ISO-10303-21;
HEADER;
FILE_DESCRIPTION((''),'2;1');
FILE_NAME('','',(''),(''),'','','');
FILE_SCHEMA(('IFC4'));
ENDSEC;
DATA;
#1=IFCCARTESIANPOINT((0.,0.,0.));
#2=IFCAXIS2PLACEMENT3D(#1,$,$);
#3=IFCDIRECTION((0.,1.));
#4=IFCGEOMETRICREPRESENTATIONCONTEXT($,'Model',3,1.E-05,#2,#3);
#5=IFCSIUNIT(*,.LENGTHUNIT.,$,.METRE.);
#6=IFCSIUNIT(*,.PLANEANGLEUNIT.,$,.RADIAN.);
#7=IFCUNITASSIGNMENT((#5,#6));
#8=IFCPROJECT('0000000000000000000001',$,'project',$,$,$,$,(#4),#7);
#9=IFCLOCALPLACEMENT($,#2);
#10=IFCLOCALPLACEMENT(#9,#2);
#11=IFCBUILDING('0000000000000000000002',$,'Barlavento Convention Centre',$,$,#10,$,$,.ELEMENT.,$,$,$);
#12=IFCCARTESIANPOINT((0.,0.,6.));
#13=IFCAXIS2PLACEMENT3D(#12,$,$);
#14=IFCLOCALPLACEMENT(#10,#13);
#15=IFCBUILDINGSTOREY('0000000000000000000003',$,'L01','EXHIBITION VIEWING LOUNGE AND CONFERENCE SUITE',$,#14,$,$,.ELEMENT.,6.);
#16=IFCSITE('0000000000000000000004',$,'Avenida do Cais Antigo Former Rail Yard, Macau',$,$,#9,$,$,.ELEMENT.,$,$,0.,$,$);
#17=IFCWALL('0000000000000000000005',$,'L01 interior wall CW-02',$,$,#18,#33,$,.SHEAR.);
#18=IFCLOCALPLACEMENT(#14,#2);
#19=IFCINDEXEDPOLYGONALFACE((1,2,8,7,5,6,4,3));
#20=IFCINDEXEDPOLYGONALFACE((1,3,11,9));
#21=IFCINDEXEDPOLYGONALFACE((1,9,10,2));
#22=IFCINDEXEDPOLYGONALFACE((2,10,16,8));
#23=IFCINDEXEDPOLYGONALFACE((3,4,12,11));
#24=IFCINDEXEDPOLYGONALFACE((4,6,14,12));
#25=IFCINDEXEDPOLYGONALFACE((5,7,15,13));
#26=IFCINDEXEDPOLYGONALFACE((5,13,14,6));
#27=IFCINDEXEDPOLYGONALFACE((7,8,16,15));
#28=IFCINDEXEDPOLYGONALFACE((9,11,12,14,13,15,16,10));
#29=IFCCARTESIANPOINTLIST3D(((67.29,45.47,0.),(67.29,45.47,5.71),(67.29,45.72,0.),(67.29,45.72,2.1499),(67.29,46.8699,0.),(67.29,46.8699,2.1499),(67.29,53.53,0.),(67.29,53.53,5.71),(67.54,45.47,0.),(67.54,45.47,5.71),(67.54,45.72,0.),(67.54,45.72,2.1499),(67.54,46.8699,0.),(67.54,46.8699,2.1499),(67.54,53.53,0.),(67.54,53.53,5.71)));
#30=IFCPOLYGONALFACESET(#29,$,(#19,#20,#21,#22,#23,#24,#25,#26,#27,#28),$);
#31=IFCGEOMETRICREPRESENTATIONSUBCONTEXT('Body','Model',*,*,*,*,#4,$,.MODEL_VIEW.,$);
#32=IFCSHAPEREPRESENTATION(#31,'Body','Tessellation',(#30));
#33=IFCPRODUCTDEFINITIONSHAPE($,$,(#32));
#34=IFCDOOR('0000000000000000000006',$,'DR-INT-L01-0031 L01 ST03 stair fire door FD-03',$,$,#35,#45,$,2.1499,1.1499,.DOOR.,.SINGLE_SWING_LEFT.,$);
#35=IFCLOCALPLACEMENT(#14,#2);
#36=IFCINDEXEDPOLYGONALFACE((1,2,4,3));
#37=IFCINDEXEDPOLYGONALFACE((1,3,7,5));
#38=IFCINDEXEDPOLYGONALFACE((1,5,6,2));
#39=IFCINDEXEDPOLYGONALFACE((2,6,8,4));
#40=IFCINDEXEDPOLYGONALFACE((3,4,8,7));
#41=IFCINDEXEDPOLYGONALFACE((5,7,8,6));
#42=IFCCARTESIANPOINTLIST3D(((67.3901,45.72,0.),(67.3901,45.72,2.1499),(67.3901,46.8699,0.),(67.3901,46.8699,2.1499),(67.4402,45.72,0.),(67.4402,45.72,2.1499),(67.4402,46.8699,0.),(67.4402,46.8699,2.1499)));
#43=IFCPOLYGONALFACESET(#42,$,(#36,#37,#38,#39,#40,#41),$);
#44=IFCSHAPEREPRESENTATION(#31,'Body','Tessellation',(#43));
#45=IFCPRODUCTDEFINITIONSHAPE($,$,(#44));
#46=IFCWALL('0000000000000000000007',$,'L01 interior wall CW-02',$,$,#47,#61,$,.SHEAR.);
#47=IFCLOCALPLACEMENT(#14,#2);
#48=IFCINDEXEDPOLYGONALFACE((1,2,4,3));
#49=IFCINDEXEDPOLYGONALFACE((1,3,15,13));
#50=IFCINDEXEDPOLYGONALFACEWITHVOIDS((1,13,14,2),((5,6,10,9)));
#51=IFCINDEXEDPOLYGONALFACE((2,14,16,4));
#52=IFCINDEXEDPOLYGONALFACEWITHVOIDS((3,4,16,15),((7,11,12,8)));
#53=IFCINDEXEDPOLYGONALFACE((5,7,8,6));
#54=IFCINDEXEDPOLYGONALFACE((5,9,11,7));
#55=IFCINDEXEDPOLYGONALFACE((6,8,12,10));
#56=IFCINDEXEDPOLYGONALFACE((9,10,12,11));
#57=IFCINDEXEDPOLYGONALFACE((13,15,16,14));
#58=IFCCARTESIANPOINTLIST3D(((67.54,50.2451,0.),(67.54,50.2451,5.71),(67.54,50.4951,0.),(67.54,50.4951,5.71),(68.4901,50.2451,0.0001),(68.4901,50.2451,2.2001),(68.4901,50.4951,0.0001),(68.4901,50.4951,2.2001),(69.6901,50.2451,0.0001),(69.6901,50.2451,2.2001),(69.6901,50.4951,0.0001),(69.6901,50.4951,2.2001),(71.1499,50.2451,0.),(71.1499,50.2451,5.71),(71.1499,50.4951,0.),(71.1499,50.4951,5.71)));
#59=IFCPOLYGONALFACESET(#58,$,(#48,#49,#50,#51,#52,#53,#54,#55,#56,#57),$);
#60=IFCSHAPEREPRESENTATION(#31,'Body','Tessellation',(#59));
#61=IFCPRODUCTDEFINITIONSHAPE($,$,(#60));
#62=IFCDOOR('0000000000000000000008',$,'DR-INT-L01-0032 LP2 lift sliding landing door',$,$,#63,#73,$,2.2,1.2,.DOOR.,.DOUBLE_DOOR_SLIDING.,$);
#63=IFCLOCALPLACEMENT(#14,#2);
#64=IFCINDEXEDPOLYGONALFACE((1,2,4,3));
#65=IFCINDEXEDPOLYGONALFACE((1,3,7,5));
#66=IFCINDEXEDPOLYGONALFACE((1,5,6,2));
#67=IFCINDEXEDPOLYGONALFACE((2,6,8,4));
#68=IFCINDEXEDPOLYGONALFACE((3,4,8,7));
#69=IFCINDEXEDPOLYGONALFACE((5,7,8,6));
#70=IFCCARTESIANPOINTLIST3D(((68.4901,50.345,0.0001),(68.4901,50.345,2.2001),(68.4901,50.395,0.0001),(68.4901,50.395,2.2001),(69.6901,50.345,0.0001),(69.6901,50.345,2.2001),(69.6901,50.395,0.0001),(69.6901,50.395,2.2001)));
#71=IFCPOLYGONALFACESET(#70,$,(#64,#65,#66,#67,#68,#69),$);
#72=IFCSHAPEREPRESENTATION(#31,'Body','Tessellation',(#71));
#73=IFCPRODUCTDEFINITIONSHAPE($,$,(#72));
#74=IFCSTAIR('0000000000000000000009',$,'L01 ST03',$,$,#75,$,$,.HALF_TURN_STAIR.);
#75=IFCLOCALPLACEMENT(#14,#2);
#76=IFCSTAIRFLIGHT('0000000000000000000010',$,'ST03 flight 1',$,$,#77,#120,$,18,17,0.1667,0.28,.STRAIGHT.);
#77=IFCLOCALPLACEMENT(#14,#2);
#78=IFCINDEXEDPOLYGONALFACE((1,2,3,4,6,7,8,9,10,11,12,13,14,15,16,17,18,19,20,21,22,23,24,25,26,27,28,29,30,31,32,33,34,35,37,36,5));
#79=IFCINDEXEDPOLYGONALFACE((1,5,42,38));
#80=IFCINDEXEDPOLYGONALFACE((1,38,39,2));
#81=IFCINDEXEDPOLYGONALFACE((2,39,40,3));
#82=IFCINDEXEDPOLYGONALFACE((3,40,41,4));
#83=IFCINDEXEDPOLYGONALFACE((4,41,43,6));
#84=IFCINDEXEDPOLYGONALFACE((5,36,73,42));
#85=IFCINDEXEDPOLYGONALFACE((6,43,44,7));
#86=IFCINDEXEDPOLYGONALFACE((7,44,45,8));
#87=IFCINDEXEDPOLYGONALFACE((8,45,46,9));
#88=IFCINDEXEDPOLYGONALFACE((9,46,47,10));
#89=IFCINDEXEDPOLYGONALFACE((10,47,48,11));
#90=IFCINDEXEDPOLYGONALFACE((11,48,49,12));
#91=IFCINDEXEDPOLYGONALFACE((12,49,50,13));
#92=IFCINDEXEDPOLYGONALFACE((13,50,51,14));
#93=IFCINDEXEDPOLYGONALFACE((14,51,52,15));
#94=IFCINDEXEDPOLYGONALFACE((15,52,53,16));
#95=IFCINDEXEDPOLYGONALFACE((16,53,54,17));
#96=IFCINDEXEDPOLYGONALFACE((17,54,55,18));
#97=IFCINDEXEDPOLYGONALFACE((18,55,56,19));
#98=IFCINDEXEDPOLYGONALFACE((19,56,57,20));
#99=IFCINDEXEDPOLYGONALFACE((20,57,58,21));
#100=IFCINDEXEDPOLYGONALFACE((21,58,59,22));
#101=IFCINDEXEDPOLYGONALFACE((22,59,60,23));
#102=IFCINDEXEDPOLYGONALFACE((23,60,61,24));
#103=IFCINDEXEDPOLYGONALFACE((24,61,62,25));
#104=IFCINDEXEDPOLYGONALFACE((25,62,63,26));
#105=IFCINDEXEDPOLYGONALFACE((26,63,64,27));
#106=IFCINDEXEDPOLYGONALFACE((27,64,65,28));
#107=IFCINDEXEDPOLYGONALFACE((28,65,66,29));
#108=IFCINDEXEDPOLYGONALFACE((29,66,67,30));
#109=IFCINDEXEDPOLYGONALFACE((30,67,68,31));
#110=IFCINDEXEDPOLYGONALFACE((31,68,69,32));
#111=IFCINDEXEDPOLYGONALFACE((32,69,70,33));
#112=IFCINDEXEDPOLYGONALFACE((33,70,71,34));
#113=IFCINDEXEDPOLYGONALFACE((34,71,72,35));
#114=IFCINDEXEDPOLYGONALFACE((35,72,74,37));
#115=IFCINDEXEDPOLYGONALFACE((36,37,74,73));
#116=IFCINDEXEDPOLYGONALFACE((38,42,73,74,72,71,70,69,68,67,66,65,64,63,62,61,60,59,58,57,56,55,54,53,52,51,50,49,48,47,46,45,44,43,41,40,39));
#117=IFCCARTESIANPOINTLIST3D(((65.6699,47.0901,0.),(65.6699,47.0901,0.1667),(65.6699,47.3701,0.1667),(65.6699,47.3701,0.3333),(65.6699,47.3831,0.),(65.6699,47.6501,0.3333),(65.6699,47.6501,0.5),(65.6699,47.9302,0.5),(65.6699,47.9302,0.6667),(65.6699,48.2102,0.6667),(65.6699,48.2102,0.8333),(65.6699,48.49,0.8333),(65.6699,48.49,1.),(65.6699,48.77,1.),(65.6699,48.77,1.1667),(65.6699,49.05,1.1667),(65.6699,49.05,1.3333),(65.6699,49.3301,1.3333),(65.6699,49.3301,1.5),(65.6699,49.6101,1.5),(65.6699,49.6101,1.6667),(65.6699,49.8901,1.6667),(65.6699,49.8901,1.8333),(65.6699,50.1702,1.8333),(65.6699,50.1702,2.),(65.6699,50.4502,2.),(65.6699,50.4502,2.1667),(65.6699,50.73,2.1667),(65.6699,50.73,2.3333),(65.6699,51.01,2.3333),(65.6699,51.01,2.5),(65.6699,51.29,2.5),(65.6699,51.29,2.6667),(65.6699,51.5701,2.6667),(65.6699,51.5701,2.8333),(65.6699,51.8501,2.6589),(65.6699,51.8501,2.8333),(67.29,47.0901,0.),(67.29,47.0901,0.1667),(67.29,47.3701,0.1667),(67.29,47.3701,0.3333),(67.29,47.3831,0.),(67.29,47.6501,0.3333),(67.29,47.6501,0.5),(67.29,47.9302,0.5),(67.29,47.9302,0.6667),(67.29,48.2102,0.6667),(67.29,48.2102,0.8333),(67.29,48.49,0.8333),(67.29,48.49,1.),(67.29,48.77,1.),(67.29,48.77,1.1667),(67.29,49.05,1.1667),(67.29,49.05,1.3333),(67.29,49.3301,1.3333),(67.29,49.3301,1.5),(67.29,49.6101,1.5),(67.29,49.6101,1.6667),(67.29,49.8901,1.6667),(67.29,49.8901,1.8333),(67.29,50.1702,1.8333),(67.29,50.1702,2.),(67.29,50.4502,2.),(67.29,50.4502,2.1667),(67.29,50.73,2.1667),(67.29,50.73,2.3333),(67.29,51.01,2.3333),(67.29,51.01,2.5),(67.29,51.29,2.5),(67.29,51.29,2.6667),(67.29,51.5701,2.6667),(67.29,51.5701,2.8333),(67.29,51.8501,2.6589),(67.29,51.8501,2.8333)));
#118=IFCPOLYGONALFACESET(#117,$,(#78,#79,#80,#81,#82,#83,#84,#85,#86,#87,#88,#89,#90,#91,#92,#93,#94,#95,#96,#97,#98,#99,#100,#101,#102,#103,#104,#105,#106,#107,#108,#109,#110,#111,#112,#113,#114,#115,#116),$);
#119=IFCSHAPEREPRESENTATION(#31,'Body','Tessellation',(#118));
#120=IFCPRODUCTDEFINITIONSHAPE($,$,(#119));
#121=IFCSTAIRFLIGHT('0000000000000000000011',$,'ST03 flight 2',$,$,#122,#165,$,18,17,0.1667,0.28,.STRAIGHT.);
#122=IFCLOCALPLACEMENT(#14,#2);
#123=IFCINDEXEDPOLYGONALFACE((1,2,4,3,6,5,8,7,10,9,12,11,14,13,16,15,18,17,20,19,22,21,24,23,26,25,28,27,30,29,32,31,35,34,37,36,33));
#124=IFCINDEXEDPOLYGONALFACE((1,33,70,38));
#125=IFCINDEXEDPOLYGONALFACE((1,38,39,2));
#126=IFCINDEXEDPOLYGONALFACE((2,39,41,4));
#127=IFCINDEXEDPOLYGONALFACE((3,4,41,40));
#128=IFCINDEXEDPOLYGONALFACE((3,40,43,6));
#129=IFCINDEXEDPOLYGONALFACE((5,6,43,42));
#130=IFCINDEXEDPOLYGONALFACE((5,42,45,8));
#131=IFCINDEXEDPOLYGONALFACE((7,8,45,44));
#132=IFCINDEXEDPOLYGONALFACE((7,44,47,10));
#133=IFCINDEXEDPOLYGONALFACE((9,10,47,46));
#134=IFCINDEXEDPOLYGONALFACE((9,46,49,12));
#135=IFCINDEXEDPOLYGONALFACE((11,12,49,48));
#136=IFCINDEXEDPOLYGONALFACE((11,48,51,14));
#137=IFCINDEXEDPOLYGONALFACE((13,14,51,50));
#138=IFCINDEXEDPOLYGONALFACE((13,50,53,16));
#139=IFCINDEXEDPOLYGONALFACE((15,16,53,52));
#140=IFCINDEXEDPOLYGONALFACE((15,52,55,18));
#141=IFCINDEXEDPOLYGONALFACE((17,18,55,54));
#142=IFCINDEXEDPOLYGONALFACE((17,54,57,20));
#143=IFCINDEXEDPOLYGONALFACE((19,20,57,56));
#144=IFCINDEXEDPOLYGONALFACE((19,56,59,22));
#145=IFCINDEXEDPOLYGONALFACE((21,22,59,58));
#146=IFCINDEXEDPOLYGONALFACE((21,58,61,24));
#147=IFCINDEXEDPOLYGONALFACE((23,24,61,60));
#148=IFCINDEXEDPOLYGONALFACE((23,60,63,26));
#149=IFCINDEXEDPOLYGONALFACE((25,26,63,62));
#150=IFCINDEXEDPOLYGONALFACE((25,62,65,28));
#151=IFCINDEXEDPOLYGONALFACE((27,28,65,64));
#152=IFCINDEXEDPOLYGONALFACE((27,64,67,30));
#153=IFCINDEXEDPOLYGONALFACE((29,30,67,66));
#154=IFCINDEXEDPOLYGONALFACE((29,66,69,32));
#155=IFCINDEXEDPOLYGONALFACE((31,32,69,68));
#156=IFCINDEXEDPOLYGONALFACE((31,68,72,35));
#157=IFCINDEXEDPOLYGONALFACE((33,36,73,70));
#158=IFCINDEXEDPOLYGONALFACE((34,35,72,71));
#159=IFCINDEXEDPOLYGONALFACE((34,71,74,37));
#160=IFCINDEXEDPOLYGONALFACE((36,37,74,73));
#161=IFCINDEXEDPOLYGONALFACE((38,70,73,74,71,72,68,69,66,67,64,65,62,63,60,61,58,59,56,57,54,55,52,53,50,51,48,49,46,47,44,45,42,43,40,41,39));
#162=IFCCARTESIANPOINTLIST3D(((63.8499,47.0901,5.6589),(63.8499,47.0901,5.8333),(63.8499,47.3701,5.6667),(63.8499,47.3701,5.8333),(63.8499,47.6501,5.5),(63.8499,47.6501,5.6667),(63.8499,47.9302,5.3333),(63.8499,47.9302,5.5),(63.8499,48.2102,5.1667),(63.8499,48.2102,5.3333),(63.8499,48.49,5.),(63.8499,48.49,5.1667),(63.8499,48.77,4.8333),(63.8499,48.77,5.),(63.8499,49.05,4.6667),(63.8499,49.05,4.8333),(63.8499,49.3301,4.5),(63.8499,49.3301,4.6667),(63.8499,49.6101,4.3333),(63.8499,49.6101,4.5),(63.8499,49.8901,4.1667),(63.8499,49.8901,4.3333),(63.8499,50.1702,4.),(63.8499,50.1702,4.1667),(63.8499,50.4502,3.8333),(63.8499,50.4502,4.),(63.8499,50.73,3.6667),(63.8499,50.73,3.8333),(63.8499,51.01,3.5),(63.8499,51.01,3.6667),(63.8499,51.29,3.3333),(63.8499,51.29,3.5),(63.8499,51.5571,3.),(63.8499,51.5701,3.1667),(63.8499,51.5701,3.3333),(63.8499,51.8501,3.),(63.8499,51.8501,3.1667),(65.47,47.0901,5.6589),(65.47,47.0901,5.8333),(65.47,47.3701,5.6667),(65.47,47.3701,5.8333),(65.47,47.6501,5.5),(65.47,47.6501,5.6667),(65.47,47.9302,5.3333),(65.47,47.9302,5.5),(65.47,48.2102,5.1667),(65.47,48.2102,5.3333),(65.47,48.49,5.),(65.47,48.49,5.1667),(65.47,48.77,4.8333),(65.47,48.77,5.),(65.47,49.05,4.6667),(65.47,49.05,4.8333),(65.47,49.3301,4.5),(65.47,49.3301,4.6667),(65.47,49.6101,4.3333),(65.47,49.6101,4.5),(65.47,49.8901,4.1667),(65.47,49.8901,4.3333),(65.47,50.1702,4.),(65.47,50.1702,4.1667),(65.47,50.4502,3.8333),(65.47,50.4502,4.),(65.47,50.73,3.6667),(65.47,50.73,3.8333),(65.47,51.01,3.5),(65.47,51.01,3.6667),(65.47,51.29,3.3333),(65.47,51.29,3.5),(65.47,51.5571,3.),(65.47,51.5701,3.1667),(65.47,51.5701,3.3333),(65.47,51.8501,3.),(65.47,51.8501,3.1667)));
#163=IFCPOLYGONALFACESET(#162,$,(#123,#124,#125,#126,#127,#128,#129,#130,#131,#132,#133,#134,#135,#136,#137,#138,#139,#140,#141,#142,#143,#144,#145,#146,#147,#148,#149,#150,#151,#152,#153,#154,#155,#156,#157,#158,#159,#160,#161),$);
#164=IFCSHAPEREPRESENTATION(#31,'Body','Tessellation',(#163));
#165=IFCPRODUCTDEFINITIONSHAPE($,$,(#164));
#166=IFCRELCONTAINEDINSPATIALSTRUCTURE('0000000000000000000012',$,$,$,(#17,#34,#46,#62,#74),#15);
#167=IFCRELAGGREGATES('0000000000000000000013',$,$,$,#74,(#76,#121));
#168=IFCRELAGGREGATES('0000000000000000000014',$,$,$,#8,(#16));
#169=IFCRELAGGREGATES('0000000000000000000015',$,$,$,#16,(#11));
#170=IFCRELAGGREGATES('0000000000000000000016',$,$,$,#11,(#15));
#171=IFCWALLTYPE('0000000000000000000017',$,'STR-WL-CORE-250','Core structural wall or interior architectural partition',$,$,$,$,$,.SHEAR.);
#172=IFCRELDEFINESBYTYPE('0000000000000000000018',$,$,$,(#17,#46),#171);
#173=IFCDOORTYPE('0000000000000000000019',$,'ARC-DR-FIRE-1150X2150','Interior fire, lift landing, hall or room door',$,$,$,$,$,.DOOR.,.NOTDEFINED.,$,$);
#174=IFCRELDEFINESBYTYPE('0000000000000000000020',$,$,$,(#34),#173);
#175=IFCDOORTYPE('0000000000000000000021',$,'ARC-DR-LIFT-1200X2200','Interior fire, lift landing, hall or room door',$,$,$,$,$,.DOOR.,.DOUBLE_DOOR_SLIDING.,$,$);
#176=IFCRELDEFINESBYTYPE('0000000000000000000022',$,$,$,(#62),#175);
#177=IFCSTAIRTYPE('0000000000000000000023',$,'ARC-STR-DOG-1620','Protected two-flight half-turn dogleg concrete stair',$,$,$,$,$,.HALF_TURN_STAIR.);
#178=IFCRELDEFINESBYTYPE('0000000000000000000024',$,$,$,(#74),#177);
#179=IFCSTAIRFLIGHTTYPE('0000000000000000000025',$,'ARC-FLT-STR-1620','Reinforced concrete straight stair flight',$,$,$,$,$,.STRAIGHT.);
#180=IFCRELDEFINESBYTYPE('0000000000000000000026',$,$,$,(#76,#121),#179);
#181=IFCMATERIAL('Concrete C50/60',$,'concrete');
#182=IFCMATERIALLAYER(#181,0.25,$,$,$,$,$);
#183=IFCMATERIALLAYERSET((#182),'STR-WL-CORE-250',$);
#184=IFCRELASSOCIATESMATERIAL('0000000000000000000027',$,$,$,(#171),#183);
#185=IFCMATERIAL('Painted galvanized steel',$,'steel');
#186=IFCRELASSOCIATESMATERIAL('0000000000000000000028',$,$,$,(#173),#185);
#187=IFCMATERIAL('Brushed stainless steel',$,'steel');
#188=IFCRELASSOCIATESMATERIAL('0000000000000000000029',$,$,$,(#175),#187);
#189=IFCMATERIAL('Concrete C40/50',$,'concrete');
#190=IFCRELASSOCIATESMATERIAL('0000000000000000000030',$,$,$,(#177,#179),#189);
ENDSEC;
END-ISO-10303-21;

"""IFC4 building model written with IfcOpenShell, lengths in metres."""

from ifc_helpers import new_model, si_unit, direction, frame, frame_2d, origin, place, context, subcontext, project, spatial, polyline, rectangle, outline, extrude, material, layer, layer_set, type_object, element, fill, aggregate, save


model = new_model("IFC4")

# Units and contexts
model_context = context("Model", 3, precision=1e-05, world=origin(), true_north=direction((0.0, 1.0)))
body_context = subcontext(model_context, "Body", "Model", "MODEL_VIEW")
ifc_project = project(units=[si_unit("LENGTHUNIT", "METRE"), si_unit("PLANEANGLEUNIT", "RADIAN")], contexts=[model_context])

# Site, building, storey
site_placement = place(None, origin())
site = spatial("IfcSite", under=ifc_project, at=site_placement, Name="Avenida do Cais Antigo Former Rail Yard, Macau", CompositionType="ELEMENT", RefElevation=0.0)
building_placement = place(site_placement, origin())
building = spatial("IfcBuilding", under=site, at=building_placement, Name="Barlavento Convention Centre", CompositionType="ELEMENT")
storey_placement = place(building_placement, frame((0.0, 0.0, 6.0)))
storey = spatial("IfcBuildingStorey", under=building, at=storey_placement, Name="L01", Description="EXHIBITION VIEWING LOUNGE AND CONFERENCE SUITE", CompositionType="ELEMENT", Elevation=6.0)

# Shared definitions
ifc_material_1 = material(Name="Concrete C50/60", Category="concrete")
ifc_layer = layer(ifc_material_1, 0.25)
ifc_layer_set = layer_set([ifc_layer], Name="STR-WL-CORE-250")
wall_type = type_object("IfcWallType", Name="STR-WL-CORE-250", Description="Core structural wall or interior architectural partition", PredefinedType="SHEAR", material=ifc_layer_set)

# Shared definitions
ifc_material_2 = material(Name="Painted galvanized steel", Category="steel")

# Walls, openings, doors
wall_1_placement = place(storey_placement, frame((67.415, 45.47, 0.0), z_axis=(0.0, 0.0, 1.0), x_axis=(0.0, 1.0, 0.0)))
wall_1 = element("IfcWall", 1, at=wall_1_placement, inside=storey, type_object=wall_type, Name="L01 interior wall CW-02", PredefinedType="SHEAR", context=body_context, shape_type="SweptSolid", body=[
    extrude(rectangle(XDim=8.0601, YDim=0.25, at=frame_2d((4.03, 0.0))), origin(), (0.0, 0.0, 1.0), 5.71),
])
opening_1_placement = place(wall_1_placement, frame((0.25, 0.0, 0.0)))
opening_1 = element("IfcOpeningElement", 2, at=opening_1_placement, cuts=wall_1, PredefinedType="OPENING", context=body_context, shape_type="SweptSolid", body=[
    extrude(rectangle(XDim=1.1499, YDim=2.1499, at=frame_2d((0.575, 1.075))), frame((0.0, 0.135, 0.0), z_axis=(0.0, -1.0, 0.0), x_axis=(1.0, 0.0, 0.0)), (0.0, 0.0, 1.0), 0.27),
])
door_type_1 = type_object("IfcDoorType", Name="ARC-DR-FIRE-1150X2150", Description="Interior fire, lift landing, hall or room door", OperationType="NOTDEFINED", PredefinedType="DOOR", material=ifc_material_2)
door_1_placement = place(opening_1_placement, origin())
door_1 = element("IfcDoor", 3, at=door_1_placement, inside=storey, type_object=door_type_1, Name="DR-INT-L01-0031 L01 ST03 stair fire door FD-03", OperationType="SINGLE_SWING_LEFT", OverallHeight=2.1499, OverallWidth=1.1499, PredefinedType="DOOR", context=body_context, shape_type="SweptSolid", body=[
    extrude(rectangle(XDim=1.1499, YDim=2.1499, at=frame_2d((0.575, 1.075))), frame((0.0, 0.0249, 0.0), z_axis=(0.0, -1.0, 0.0), x_axis=(1.0, 0.0, 0.0)), (0.0, 0.0, 1.0), 0.05),
])
fill(opening_1, door_1)
wall_2_placement = place(storey_placement, frame((67.54, 50.3701, 0.0), z_axis=(0.0, 0.0, 1.0), x_axis=(1.0, 0.0, 0.0)))
wall_2 = element("IfcWall", 4, at=wall_2_placement, inside=storey, type_object=wall_type, Name="L01 interior wall CW-02", PredefinedType="SHEAR", context=body_context, shape_type="SweptSolid", body=[
    extrude(rectangle(XDim=3.6099, YDim=0.25, at=frame_2d((1.8049, 0.0))), origin(), (0.0, 0.0, 1.0), 5.71),
])
opening_2_placement = place(wall_2_placement, frame((0.95, 0.0, 0.0)))
opening_2 = element("IfcOpeningElement", 5, at=opening_2_placement, cuts=wall_2, PredefinedType="OPENING", context=body_context, shape_type="SweptSolid", body=[
    extrude(rectangle(XDim=1.2, YDim=2.2, at=frame_2d((0.6001, 1.1001))), frame((0.0, 0.135, 0.0), z_axis=(0.0, -1.0, 0.0), x_axis=(1.0, 0.0, 0.0)), (0.0, 0.0, 1.0), 0.27),
])
ifc_material_3 = material(Name="Brushed stainless steel", Category="steel")
door_type_2 = type_object("IfcDoorType", Name="ARC-DR-LIFT-1200X2200", Description="Interior fire, lift landing, hall or room door", OperationType="DOUBLE_DOOR_SLIDING", PredefinedType="DOOR", material=ifc_material_3)
door_2_placement = place(opening_2_placement, origin())
door_2 = element("IfcDoor", 6, at=door_2_placement, inside=storey, type_object=door_type_2, Name="DR-INT-L01-0032 LP2 lift sliding landing door", OperationType="DOUBLE_DOOR_SLIDING", OverallHeight=2.2, OverallWidth=1.2, PredefinedType="DOOR", context=body_context, shape_type="SweptSolid", body=[
    extrude(rectangle(XDim=1.2, YDim=2.2, at=frame_2d((0.6001, 1.1001))), frame((0.0, 0.0249, 0.0), z_axis=(0.0, -1.0, 0.0), x_axis=(1.0, 0.0, 0.0)), (0.0, 0.0, 1.0), 0.05),
])
fill(opening_2, door_2)

# Stair, stair flights
ifc_material_4 = material(Name="Concrete C40/50", Category="concrete")
stair_type = type_object("IfcStairType", Name="ARC-STR-DOG-1620", Description="Protected two-flight half-turn dogleg concrete stair", PredefinedType="HALF_TURN_STAIR", material=ifc_material_4)
stair_placement = place(storey_placement, origin())
stair = element("IfcStair", 7, at=stair_placement, inside=storey, type_object=stair_type, Name="L01 ST03", PredefinedType="HALF_TURN_STAIR")
stair_flight_type = type_object("IfcStairFlightType", Name="ARC-FLT-STR-1620", Description="Reinforced concrete straight stair flight", PredefinedType="STRAIGHT", material=ifc_material_4)
stair_flight_1_placement = place(storey_placement, frame((66.48, 47.0901, 0.0), z_axis=(0.0, 0.0, 1.0), x_axis=(0.0, 1.0, 0.0)))
stair_flight_1 = element("IfcStairFlight", 8, at=stair_flight_1_placement, type_object=stair_flight_type, Name="ST03 flight 1", NumberOfRisers=18, NumberOfTreads=17, PredefinedType="STRAIGHT", RiserHeight=0.1667, TreadLength=0.28, context=body_context, shape_type="SweptSolid", body=[
    extrude(outline(polyline([(0.0, 0.0), (0.0, 0.1667), (0.28, 0.1667), (0.28, 0.3333), (0.5601, 0.3333), (0.5601, 0.5), (0.8401, 0.5), (0.8401, 0.6667), (1.1201, 0.6667), (1.1201, 0.8333), (1.3999, 0.8333), (1.3999, 1.0), (1.6799, 1.0), (1.6799, 1.1667), (1.96, 1.1667), (1.96, 1.3333), (2.24, 1.3333), (2.24, 1.5), (2.52, 1.5), (2.52, 1.6667), (2.8, 1.6667), (2.8, 1.8333), (3.0801, 1.8333), (3.0801, 2.0), (3.3601, 2.0), (3.3601, 2.1667), (3.6399, 2.1667), (3.6399, 2.3333), (3.9199, 2.3333), (3.9199, 2.5), (4.2, 2.5), (4.2, 2.6667), (4.48, 2.6667), (4.48, 2.8333), (4.76, 2.8333), (4.76, 3.0), (4.76, 2.6589), (0.293, 0.0), (0.0, 0.0)])), frame((0.0, 0.8101, 0.0), z_axis=(0.0, -1.0, 0.0), x_axis=(1.0, 0.0, 0.0)), (0.0, 0.0, 1.0), 1.6201),
])
stair_flight_2_placement = place(storey_placement, frame((64.6599, 51.8501, 3.0), z_axis=(0.0, 0.0, 1.0), x_axis=(0.0, -1.0, 0.0)))
stair_flight_2 = element("IfcStairFlight", 9, at=stair_flight_2_placement, type_object=stair_flight_type, Name="ST03 flight 2", NumberOfRisers=18, NumberOfTreads=17, PredefinedType="STRAIGHT", RiserHeight=0.1667, TreadLength=0.28, context=body_context, shape_type="SweptSolid", body=[
    extrude(outline(polyline([(0.0, 0.0), (0.0, 0.1667), (0.28, 0.1667), (0.28, 0.3333), (0.5601, 0.3333), (0.5601, 0.5), (0.8401, 0.5), (0.8401, 0.6667), (1.1201, 0.6667), (1.1201, 0.8333), (1.3999, 0.8333), (1.3999, 1.0), (1.6799, 1.0), (1.6799, 1.1667), (1.96, 1.1667), (1.96, 1.3333), (2.24, 1.3333), (2.24, 1.5), (2.52, 1.5), (2.52, 1.6667), (2.8, 1.6667), (2.8, 1.8333), (3.0801, 1.8333), (3.0801, 2.0), (3.3601, 2.0), (3.3601, 2.1667), (3.6399, 2.1667), (3.6399, 2.3333), (3.9199, 2.3333), (3.9199, 2.5), (4.2, 2.5), (4.2, 2.6667), (4.48, 2.6667), (4.48, 2.8333), (4.76, 2.8333), (4.76, 3.0), (4.76, 2.6589), (0.293, 0.0), (0.0, 0.0)])), frame((0.0, 0.8101, 0.0), z_axis=(0.0, -1.0, 0.0), x_axis=(1.0, 0.0, 0.0)), (0.0, 0.0, 1.0), 1.6201),
])
aggregate(stair, [stair_flight_1, stair_flight_2])

save(model, "model.ifc")
